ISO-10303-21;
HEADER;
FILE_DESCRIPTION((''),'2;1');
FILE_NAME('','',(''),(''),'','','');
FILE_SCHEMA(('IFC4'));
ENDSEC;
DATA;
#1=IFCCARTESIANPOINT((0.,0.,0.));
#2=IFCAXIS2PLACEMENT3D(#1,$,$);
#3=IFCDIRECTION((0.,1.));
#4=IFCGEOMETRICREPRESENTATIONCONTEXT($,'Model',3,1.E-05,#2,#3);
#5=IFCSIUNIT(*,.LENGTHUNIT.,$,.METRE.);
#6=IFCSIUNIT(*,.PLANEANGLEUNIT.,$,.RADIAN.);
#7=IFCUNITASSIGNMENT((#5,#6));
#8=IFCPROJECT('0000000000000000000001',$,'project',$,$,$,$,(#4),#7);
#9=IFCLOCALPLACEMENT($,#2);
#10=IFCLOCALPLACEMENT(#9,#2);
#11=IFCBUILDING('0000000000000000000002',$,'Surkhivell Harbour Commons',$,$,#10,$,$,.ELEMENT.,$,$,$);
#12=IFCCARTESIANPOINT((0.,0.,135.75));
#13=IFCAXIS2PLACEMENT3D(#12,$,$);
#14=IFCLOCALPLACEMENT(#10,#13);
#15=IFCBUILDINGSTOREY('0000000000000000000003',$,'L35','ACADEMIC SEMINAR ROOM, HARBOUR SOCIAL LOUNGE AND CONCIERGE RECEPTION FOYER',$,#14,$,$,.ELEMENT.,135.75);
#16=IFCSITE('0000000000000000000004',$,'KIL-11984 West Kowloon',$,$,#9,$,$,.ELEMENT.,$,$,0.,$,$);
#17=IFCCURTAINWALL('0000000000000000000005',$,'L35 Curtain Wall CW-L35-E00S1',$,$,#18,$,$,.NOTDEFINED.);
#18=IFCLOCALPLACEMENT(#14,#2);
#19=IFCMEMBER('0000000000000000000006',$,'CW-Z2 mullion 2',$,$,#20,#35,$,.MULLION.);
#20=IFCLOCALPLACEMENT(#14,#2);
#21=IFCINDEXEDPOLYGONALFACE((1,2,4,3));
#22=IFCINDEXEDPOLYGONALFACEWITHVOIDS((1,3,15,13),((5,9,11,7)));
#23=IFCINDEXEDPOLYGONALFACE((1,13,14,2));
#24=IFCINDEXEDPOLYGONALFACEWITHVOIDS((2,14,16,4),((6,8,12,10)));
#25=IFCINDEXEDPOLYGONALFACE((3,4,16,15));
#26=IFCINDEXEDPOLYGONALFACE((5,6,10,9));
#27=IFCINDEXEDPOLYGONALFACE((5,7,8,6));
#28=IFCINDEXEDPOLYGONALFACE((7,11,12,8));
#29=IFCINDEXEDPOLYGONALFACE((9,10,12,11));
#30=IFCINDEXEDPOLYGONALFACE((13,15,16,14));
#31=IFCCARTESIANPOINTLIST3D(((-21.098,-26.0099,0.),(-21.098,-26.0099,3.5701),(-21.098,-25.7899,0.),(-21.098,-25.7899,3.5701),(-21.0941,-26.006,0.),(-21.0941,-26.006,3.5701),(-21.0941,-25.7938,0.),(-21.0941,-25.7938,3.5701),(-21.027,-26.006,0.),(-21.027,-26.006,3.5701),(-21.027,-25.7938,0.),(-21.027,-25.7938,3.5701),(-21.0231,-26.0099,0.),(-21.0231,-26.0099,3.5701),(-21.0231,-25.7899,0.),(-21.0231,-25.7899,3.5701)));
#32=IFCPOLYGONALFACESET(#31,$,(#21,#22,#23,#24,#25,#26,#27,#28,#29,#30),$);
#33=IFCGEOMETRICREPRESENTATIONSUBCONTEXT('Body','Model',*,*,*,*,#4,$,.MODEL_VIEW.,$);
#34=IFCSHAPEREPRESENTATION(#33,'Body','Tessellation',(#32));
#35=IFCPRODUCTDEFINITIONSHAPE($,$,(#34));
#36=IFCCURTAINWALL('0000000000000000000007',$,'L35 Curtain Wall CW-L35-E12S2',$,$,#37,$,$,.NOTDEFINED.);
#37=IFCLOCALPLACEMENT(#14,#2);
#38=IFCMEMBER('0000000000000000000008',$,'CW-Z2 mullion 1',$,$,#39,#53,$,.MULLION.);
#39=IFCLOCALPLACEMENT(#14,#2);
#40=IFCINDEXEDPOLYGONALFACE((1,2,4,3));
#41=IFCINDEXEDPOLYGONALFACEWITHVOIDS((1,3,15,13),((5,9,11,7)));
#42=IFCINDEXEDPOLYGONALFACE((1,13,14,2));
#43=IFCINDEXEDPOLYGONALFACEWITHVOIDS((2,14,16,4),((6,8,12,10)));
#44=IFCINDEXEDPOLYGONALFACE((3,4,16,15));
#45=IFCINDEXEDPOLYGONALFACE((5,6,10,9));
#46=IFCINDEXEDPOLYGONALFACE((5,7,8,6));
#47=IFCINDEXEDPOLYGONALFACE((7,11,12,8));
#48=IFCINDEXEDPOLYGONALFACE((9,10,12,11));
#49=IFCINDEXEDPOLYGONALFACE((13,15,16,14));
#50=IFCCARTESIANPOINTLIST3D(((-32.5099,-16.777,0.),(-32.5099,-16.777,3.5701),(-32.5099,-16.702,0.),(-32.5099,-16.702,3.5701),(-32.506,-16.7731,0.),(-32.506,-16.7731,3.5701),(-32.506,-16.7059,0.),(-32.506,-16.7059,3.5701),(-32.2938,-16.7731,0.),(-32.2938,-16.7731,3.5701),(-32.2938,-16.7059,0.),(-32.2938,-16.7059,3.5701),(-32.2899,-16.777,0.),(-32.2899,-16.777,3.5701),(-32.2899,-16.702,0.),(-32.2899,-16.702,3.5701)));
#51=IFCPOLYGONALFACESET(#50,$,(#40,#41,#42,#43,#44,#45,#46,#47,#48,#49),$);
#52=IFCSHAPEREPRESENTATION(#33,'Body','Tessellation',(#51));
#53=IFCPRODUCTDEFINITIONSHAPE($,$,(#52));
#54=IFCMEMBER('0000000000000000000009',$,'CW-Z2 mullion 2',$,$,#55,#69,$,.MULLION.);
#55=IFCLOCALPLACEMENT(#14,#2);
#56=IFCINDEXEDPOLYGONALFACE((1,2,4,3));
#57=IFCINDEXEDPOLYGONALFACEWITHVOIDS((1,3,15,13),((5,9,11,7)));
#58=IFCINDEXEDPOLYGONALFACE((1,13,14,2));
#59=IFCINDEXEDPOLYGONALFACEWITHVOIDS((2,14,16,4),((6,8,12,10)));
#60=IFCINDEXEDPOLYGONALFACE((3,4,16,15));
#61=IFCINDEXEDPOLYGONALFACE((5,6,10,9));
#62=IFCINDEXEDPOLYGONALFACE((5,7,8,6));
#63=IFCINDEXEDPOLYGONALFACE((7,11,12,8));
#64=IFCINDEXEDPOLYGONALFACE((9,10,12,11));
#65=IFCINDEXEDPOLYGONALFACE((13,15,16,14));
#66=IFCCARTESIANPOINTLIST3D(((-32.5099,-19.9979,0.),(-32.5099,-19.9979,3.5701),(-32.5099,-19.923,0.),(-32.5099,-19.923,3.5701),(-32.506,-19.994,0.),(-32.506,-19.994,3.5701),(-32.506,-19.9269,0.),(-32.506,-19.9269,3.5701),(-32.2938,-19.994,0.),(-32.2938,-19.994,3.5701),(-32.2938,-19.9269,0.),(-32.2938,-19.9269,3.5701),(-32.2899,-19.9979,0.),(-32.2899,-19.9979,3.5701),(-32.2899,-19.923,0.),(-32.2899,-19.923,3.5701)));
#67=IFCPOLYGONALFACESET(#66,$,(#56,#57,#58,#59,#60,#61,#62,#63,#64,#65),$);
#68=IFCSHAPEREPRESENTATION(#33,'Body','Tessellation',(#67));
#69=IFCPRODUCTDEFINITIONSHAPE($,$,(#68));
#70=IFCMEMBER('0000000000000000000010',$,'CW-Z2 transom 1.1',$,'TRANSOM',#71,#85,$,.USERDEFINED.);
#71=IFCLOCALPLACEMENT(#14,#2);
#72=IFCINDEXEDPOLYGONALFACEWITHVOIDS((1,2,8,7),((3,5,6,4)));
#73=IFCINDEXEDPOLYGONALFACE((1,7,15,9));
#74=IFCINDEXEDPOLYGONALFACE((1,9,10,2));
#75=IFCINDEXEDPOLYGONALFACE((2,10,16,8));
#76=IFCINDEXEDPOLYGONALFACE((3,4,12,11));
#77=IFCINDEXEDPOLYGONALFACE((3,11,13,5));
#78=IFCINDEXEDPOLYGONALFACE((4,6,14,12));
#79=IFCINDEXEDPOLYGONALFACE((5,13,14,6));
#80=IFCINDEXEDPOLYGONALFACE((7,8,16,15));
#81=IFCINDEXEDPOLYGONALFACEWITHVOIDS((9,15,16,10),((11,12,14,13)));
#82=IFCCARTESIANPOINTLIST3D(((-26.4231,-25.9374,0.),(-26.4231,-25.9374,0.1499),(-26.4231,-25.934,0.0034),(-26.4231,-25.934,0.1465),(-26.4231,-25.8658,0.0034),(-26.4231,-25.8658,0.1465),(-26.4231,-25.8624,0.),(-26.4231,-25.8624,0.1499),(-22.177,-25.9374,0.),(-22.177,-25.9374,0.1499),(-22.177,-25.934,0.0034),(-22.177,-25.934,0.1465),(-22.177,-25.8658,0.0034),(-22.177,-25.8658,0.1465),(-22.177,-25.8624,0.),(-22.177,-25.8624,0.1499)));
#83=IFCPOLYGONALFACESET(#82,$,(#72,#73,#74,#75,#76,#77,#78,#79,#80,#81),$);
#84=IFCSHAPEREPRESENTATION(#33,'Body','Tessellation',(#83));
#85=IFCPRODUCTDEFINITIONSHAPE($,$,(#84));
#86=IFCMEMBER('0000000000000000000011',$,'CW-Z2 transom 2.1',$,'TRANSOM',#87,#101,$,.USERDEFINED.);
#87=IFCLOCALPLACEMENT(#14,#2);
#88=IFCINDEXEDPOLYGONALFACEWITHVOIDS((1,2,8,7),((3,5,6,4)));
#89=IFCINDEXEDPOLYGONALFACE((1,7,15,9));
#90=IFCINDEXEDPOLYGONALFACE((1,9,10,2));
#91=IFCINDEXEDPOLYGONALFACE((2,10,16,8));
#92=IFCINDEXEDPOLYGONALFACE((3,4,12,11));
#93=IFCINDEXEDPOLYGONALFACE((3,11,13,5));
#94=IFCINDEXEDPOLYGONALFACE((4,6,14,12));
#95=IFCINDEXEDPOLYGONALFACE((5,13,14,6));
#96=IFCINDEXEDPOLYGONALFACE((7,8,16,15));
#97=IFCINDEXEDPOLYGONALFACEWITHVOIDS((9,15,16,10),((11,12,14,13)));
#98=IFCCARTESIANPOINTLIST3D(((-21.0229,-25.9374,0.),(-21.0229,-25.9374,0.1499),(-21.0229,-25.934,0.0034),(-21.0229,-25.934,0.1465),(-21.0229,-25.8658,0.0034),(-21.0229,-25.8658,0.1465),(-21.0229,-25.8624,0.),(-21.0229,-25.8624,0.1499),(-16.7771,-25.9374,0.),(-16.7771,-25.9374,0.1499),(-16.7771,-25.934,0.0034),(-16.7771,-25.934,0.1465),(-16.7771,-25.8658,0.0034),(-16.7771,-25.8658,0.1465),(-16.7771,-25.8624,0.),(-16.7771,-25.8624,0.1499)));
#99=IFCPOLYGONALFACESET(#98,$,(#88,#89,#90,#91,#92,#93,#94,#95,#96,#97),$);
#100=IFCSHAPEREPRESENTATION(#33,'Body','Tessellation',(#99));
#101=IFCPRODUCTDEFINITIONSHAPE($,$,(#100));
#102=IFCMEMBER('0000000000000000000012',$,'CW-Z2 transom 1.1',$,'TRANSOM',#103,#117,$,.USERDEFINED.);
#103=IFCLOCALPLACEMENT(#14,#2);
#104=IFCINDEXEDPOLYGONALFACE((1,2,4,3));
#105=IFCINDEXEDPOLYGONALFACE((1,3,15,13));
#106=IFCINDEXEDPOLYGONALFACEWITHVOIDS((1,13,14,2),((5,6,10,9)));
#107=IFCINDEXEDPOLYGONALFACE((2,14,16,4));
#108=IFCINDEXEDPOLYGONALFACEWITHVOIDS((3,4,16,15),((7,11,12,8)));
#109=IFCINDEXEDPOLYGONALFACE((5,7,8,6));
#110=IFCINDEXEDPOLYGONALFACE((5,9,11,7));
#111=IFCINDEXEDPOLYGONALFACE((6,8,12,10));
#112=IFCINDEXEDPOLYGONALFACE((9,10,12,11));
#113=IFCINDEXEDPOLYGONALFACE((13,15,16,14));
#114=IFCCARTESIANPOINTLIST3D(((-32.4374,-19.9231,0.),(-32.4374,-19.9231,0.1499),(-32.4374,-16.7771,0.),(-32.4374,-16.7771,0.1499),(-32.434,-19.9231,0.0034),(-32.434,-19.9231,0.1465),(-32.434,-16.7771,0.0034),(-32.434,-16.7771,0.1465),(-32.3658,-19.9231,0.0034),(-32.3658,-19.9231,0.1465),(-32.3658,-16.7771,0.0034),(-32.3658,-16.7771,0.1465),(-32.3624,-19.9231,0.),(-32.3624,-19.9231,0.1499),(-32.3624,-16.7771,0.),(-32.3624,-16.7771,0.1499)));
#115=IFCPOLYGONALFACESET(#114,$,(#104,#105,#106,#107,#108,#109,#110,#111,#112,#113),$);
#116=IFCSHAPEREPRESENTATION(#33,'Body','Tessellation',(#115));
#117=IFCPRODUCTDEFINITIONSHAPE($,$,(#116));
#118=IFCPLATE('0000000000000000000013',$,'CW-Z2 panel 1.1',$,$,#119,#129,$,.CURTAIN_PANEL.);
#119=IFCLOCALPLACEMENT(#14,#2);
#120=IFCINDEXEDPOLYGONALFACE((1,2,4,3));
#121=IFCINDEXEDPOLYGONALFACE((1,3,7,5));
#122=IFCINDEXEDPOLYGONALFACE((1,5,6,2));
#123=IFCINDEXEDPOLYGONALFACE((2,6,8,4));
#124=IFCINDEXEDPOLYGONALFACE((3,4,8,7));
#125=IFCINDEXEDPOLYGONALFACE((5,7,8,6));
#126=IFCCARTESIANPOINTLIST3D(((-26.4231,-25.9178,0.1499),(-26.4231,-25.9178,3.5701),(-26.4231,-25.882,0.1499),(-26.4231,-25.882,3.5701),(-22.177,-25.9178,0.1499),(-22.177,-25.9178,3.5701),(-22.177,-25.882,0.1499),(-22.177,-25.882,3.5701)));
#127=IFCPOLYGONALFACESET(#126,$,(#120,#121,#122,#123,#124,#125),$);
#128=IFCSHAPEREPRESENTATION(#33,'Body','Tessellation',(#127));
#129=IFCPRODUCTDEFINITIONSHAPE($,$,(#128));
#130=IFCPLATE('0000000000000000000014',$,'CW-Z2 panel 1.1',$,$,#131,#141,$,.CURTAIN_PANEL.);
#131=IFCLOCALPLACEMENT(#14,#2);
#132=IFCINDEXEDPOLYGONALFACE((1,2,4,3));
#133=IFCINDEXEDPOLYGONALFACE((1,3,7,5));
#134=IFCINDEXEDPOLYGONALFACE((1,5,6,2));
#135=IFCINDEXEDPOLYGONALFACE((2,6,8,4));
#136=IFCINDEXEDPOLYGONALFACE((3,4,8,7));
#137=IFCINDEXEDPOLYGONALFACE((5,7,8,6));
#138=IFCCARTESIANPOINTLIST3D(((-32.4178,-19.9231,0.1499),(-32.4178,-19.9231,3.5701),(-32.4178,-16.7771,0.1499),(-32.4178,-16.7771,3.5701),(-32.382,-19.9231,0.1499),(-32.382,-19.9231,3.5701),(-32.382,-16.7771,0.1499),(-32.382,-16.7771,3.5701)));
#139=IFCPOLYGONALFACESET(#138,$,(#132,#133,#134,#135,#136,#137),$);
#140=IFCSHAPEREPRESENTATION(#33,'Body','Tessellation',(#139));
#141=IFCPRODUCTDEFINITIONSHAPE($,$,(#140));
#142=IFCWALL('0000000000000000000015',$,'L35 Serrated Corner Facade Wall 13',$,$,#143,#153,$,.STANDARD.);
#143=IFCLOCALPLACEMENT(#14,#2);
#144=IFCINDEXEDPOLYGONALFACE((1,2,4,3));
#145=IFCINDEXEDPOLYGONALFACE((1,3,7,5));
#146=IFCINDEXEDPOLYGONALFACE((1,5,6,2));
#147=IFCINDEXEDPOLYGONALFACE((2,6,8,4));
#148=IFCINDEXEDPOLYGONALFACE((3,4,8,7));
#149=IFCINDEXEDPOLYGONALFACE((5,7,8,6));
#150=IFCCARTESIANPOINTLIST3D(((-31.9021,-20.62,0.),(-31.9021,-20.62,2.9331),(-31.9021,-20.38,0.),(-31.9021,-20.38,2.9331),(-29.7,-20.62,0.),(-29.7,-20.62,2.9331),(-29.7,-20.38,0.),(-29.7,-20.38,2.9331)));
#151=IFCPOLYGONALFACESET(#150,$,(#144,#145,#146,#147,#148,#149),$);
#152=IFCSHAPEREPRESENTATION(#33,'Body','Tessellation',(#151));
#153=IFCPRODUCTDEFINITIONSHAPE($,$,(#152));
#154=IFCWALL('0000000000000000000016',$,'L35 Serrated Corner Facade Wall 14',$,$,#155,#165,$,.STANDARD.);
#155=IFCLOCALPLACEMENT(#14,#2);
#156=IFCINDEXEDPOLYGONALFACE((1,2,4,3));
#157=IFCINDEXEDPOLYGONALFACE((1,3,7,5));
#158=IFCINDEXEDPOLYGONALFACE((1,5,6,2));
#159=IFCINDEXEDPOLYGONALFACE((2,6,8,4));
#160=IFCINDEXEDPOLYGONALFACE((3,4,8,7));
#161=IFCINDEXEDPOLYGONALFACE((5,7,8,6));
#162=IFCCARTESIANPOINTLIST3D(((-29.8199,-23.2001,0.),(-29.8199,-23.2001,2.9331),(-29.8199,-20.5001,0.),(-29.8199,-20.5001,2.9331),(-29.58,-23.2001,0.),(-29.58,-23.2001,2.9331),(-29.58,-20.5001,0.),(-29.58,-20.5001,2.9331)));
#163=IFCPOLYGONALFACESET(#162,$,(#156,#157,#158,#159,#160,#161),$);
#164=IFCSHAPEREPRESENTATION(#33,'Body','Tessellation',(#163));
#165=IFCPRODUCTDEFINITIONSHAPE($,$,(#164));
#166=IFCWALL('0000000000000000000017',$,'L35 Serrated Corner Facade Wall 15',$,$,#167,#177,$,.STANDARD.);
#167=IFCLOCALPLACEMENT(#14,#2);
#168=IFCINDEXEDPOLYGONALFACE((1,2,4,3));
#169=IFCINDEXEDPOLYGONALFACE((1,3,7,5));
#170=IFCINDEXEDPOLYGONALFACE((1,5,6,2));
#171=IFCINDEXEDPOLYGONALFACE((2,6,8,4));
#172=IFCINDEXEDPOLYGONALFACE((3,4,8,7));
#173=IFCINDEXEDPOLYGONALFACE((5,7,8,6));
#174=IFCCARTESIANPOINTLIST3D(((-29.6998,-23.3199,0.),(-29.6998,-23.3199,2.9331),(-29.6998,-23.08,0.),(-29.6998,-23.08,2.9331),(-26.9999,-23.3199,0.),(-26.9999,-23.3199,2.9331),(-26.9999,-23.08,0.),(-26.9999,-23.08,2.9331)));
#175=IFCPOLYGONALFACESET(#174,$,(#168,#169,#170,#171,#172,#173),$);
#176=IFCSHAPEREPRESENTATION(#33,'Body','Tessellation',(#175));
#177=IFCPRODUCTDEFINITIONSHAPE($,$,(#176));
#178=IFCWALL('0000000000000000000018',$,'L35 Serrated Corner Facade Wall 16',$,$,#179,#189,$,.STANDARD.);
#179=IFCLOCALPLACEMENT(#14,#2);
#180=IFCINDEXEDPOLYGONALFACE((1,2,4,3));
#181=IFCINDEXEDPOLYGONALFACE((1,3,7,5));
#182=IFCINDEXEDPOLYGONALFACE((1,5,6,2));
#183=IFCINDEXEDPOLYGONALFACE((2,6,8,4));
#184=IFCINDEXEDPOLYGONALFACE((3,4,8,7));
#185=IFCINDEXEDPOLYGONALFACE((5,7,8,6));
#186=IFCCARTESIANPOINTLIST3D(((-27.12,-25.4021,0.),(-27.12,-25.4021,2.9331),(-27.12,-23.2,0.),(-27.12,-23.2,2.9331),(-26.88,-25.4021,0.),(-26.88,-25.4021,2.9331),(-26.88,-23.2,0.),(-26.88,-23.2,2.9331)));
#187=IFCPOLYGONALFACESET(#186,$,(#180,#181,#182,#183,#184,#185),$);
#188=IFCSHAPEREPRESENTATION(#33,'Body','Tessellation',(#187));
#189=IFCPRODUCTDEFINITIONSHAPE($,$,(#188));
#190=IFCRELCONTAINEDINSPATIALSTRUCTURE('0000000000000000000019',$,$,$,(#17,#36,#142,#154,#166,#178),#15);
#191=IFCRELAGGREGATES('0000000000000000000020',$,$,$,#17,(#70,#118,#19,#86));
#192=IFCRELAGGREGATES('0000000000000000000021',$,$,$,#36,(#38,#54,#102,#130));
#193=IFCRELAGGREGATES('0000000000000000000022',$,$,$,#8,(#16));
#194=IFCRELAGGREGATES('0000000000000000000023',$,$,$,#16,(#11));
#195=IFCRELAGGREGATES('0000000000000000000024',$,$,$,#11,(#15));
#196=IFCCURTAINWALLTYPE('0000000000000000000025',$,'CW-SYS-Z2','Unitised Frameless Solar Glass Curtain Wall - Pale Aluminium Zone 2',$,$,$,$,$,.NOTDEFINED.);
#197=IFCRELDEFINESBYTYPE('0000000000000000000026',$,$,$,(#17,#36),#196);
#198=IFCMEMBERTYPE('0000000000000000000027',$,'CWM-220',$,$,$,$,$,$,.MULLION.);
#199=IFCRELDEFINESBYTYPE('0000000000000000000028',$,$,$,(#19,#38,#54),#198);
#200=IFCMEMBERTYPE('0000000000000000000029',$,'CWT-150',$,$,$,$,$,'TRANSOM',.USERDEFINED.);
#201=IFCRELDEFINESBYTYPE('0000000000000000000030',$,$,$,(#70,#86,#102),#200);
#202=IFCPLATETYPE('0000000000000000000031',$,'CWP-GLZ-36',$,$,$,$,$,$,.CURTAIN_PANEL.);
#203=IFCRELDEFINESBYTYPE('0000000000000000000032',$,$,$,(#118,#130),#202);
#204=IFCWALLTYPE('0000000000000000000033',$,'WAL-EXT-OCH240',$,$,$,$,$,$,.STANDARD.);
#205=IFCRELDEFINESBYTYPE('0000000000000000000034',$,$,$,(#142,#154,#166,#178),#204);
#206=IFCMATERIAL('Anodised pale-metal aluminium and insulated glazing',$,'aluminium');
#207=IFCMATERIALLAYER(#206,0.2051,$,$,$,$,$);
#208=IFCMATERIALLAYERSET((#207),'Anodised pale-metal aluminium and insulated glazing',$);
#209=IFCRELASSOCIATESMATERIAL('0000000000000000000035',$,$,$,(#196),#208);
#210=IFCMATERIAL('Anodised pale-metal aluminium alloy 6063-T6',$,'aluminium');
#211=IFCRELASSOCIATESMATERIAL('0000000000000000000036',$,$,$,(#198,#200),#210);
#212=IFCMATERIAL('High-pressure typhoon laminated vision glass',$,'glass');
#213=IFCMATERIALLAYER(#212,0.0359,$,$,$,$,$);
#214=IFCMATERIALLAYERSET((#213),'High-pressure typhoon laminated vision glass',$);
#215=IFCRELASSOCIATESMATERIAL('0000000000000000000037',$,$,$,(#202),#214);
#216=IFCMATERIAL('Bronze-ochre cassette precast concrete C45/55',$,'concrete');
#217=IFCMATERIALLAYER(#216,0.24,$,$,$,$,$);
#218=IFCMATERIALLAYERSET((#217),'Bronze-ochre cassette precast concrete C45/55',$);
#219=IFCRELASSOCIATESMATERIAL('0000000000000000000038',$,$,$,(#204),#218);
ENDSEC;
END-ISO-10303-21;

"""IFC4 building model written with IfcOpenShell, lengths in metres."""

from ifc_helpers import new_model, si_unit, direction, frame, frame_2d, origin, origin_2d, place, context, subcontext, project, spatial, rectangle, hollow_rectangle, extrude, material, layer, layer_set, material_profile, profile_set, type_object, element, aggregate, save


model = new_model("IFC4")

# Units and contexts
model_context = context("Model", 3, precision=1e-05, world=origin(), true_north=direction((0.0, 1.0)))
body_context = subcontext(model_context, "Body", "Model", "MODEL_VIEW")
ifc_project = project(units=[si_unit("LENGTHUNIT", "METRE"), si_unit("PLANEANGLEUNIT", "RADIAN")], contexts=[model_context])

# Site, building, storey
site_placement = place(None, origin())
site = spatial("IfcSite", under=ifc_project, at=site_placement, Name="KIL-11984 West Kowloon", CompositionType="ELEMENT", RefElevation=0.0)
building_placement = place(site_placement, origin())
building = spatial("IfcBuilding", under=site, at=building_placement, Name="Surkhivell Harbour Commons", CompositionType="ELEMENT")
storey_placement = place(building_placement, frame((0.0, 0.0, 135.75)))
storey = spatial("IfcBuildingStorey", under=building, at=storey_placement, Name="L35", Description="ACADEMIC SEMINAR ROOM, HARBOUR SOCIAL LOUNGE AND CONCIERGE RECEPTION FOYER", CompositionType="ELEMENT", Elevation=135.75)

# Curtain walls, members
ifc_material_1 = material(Name="Anodised pale-metal aluminium and insulated glazing", Category="aluminium")
ifc_layer_1 = layer(ifc_material_1, 0.2051)
ifc_layer_set_1 = layer_set([ifc_layer_1], Name="Anodised pale-metal aluminium and insulated glazing")
curtain_wall_type = type_object("IfcCurtainWallType", Name="CW-SYS-Z2", Description="Unitised Frameless Solar Glass Curtain Wall - Pale Aluminium Zone 2", PredefinedType="NOTDEFINED", material=ifc_layer_set_1)
curtain_wall_1_placement = place(storey_placement, origin())
curtain_wall_1 = element("IfcCurtainWall", 1, at=curtain_wall_1_placement, inside=storey, type_object=curtain_wall_type, Name="L35 Curtain Wall CW-L35-E00S1", PredefinedType="NOTDEFINED")
ifc_material_2 = material(Name="Anodised pale-metal aluminium alloy 6063-T6", Category="aluminium")
ifc_material_profile_1 = material_profile(ifc_material_2, hollow_rectangle(XDim=0.075, YDim=0.22, WallThickness=0.0039, at=origin_2d()), Name="ALU-MULL-75x220")
ifc_profile_set_1 = profile_set([ifc_material_profile_1], Name="Anodised pale-metal aluminium alloy 6063-T6")
member_type_1 = type_object("IfcMemberType", Name="CWM-220", PredefinedType="MULLION", material=ifc_profile_set_1)
member_1_placement = place(storey_placement, frame((-21.0605, -25.8999, 0.0), z_axis=(0.0, 0.0, 1.0), x_axis=(1.0, 0.0, 0.0)))
member_1 = element("IfcMember", 2, at=member_1_placement, type_object=member_type_1, Name="CW-Z2 mullion 2", PredefinedType="MULLION", context=body_context, shape_type="SweptSolid", body=[
    extrude(hollow_rectangle(XDim=0.075, YDim=0.22, WallThickness=0.0039, at=origin_2d()), origin(), (0.0, 0.0, 1.0), 3.5701),
])
curtain_wall_2_placement = place(storey_placement, origin())
curtain_wall_2 = element("IfcCurtainWall", 3, at=curtain_wall_2_placement, inside=storey, type_object=curtain_wall_type, Name="L35 Curtain Wall CW-L35-E12S2", PredefinedType="NOTDEFINED")
member_2_placement = place(storey_placement, frame((-32.3999, -16.7395, 0.0), z_axis=(0.0, 0.0, 1.0), x_axis=(0.0, -1.0, 0.0)))
member_2 = element("IfcMember", 4, at=member_2_placement, type_object=member_type_1, Name="CW-Z2 mullion 1", PredefinedType="MULLION", context=body_context, shape_type="SweptSolid", body=[
    extrude(hollow_rectangle(XDim=0.075, YDim=0.22, WallThickness=0.0039, at=origin_2d()), origin(), (0.0, 0.0, 1.0), 3.5701),
])
member_3_placement = place(storey_placement, frame((-32.3999, -19.9604, 0.0), z_axis=(0.0, 0.0, 1.0), x_axis=(0.0, -1.0, 0.0)))
member_3 = element("IfcMember", 5, at=member_3_placement, type_object=member_type_1, Name="CW-Z2 mullion 2", PredefinedType="MULLION", context=body_context, shape_type="SweptSolid", body=[
    extrude(hollow_rectangle(XDim=0.075, YDim=0.22, WallThickness=0.0039, at=origin_2d()), origin(), (0.0, 0.0, 1.0), 3.5701),
])

# Members
ifc_material_profile_2 = material_profile(ifc_material_2, hollow_rectangle(XDim=0.075, YDim=0.1499, WallThickness=0.0034, at=origin_2d()), Name="ALU-TRAN-75x150")
ifc_profile_set_2 = profile_set([ifc_material_profile_2], Name="Anodised pale-metal aluminium alloy 6063-T6")
member_type_2 = type_object("IfcMemberType", Name="CWT-150", ElementType="TRANSOM", PredefinedType="USERDEFINED", material=ifc_profile_set_2)
member_4_placement = place(storey_placement, frame((-26.4231, -25.8999, 0.075), z_axis=(1.0, 0.0, 0.0), x_axis=(0.0, 1.0, 0.0)))
member_4 = element("IfcMember", 6, at=member_4_placement, type_object=member_type_2, Name="CW-Z2 transom 1.1", ObjectType="TRANSOM", PredefinedType="USERDEFINED", context=body_context, shape_type="SweptSolid", body=[
    extrude(hollow_rectangle(XDim=0.075, YDim=0.1499, WallThickness=0.0034, at=origin_2d()), origin(), (0.0, 0.0, 1.0), 4.2461),
])
member_5_placement = place(storey_placement, frame((-21.0229, -25.8999, 0.075), z_axis=(1.0, 0.0, 0.0), x_axis=(0.0, 1.0, 0.0)))
member_5 = element("IfcMember", 7, at=member_5_placement, type_object=member_type_2, Name="CW-Z2 transom 2.1", ObjectType="TRANSOM", PredefinedType="USERDEFINED", context=body_context, shape_type="SweptSolid", body=[
    extrude(hollow_rectangle(XDim=0.075, YDim=0.1499, WallThickness=0.0034, at=origin_2d()), origin(), (0.0, 0.0, 1.0), 4.2458),
])
member_6_placement = place(storey_placement, frame((-32.3999, -16.7771, 0.075), z_axis=(0.0, -1.0, 0.0), x_axis=(1.0, 0.0, 0.0)))
member_6 = element("IfcMember", 8, at=member_6_placement, type_object=member_type_2, Name="CW-Z2 transom 1.1", ObjectType="TRANSOM", PredefinedType="USERDEFINED", context=body_context, shape_type="SweptSolid", body=[
    extrude(hollow_rectangle(XDim=0.075, YDim=0.1499, WallThickness=0.0034, at=origin_2d()), origin(), (0.0, 0.0, 1.0), 3.146),
])

# Plates
ifc_material_3 = material(Name="High-pressure typhoon laminated vision glass", Category="glass")
ifc_layer_2 = layer(ifc_material_3, 0.0359)
ifc_layer_set_2 = layer_set([ifc_layer_2], Name="High-pressure typhoon laminated vision glass")
plate_type = type_object("IfcPlateType", Name="CWP-GLZ-36", PredefinedType="CURTAIN_PANEL", material=ifc_layer_set_2)
plate_1_placement = place(storey_placement, frame((-26.4231, -25.8999, 0.1499), z_axis=(0.0, 0.0, 1.0), x_axis=(1.0, 0.0, 0.0)))
plate_1 = element("IfcPlate", 9, at=plate_1_placement, type_object=plate_type, Name="CW-Z2 panel 1.1", PredefinedType="CURTAIN_PANEL", context=body_context, shape_type="SweptSolid", body=[
    extrude(rectangle(XDim=4.2461, YDim=0.0359, at=frame_2d((2.123, 0.0))), origin(), (0.0, 0.0, 1.0), 3.4202),
])
aggregate(curtain_wall_1, [member_4, plate_1, member_1, member_5])
plate_2_placement = place(storey_placement, frame((-32.3999, -16.7771, 0.1499), z_axis=(0.0, 0.0, 1.0), x_axis=(0.0, -1.0, 0.0)))
plate_2 = element("IfcPlate", 10, at=plate_2_placement, type_object=plate_type, Name="CW-Z2 panel 1.1", PredefinedType="CURTAIN_PANEL", context=body_context, shape_type="SweptSolid", body=[
    extrude(rectangle(XDim=3.146, YDim=0.0359, at=frame_2d((1.573, 0.0))), origin(), (0.0, 0.0, 1.0), 3.4202),
])
aggregate(curtain_wall_2, [member_2, member_3, member_6, plate_2])

# Walls
ifc_material_4 = material(Name="Bronze-ochre cassette precast concrete C45/55", Category="concrete")
ifc_layer_3 = layer(ifc_material_4, 0.24)
ifc_layer_set_3 = layer_set([ifc_layer_3], Name="Bronze-ochre cassette precast concrete C45/55")
wall_type = type_object("IfcWallType", Name="WAL-EXT-OCH240", PredefinedType="STANDARD", material=ifc_layer_set_3)
wall_1_placement = place(storey_placement, frame((-31.9021, -20.5, 0.0), z_axis=(0.0, 0.0, 1.0), x_axis=(1.0, 0.0, 0.0)))
element("IfcWall", 11, at=wall_1_placement, inside=storey, type_object=wall_type, Name="L35 Serrated Corner Facade Wall 13", PredefinedType="STANDARD", context=body_context, shape_type="SweptSolid", body=[
    extrude(rectangle(XDim=2.2021, YDim=0.24, at=frame_2d((1.1011, 0.0))), origin(), (0.0, 0.0, 1.0), 2.9331),
])
for number, where, z_axis, x_axis, name in (
    (12, (-29.7, -20.5, 0.0), (0.0, 0.0, 1.0), (0.0, -1.0, 0.0), "L35 Serrated Corner Facade Wall 14"),
    (13, (-29.7, -23.2, 0.0), (0.0, 0.0, 1.0), (1.0, 0.0, 0.0), "L35 Serrated Corner Facade Wall 15"),
):
    element("IfcWall", number, at=place(storey_placement, frame(where, z_axis=z_axis, x_axis=x_axis)), inside=storey, type_object=wall_type, Name=name, PredefinedType="STANDARD", context=body_context, shape_type="SweptSolid", body=[
        extrude(rectangle(XDim=2.7, YDim=0.24, at=frame_2d((1.3501, 0.0))), origin(), (0.0, 0.0, 1.0), 2.9331),
    ])
wall_2_placement = place(storey_placement, frame((-27.0, -23.2, 0.0), z_axis=(0.0, 0.0, 1.0), x_axis=(0.0, -1.0, 0.0)))
element("IfcWall", 14, at=wall_2_placement, inside=storey, type_object=wall_type, Name="L35 Serrated Corner Facade Wall 16", PredefinedType="STANDARD", context=body_context, shape_type="SweptSolid", body=[
    extrude(rectangle(XDim=2.2021, YDim=0.24, at=frame_2d((1.1011, 0.0))), origin(), (0.0, 0.0, 1.0), 2.9331),
])

save(model, "model.ifc")
